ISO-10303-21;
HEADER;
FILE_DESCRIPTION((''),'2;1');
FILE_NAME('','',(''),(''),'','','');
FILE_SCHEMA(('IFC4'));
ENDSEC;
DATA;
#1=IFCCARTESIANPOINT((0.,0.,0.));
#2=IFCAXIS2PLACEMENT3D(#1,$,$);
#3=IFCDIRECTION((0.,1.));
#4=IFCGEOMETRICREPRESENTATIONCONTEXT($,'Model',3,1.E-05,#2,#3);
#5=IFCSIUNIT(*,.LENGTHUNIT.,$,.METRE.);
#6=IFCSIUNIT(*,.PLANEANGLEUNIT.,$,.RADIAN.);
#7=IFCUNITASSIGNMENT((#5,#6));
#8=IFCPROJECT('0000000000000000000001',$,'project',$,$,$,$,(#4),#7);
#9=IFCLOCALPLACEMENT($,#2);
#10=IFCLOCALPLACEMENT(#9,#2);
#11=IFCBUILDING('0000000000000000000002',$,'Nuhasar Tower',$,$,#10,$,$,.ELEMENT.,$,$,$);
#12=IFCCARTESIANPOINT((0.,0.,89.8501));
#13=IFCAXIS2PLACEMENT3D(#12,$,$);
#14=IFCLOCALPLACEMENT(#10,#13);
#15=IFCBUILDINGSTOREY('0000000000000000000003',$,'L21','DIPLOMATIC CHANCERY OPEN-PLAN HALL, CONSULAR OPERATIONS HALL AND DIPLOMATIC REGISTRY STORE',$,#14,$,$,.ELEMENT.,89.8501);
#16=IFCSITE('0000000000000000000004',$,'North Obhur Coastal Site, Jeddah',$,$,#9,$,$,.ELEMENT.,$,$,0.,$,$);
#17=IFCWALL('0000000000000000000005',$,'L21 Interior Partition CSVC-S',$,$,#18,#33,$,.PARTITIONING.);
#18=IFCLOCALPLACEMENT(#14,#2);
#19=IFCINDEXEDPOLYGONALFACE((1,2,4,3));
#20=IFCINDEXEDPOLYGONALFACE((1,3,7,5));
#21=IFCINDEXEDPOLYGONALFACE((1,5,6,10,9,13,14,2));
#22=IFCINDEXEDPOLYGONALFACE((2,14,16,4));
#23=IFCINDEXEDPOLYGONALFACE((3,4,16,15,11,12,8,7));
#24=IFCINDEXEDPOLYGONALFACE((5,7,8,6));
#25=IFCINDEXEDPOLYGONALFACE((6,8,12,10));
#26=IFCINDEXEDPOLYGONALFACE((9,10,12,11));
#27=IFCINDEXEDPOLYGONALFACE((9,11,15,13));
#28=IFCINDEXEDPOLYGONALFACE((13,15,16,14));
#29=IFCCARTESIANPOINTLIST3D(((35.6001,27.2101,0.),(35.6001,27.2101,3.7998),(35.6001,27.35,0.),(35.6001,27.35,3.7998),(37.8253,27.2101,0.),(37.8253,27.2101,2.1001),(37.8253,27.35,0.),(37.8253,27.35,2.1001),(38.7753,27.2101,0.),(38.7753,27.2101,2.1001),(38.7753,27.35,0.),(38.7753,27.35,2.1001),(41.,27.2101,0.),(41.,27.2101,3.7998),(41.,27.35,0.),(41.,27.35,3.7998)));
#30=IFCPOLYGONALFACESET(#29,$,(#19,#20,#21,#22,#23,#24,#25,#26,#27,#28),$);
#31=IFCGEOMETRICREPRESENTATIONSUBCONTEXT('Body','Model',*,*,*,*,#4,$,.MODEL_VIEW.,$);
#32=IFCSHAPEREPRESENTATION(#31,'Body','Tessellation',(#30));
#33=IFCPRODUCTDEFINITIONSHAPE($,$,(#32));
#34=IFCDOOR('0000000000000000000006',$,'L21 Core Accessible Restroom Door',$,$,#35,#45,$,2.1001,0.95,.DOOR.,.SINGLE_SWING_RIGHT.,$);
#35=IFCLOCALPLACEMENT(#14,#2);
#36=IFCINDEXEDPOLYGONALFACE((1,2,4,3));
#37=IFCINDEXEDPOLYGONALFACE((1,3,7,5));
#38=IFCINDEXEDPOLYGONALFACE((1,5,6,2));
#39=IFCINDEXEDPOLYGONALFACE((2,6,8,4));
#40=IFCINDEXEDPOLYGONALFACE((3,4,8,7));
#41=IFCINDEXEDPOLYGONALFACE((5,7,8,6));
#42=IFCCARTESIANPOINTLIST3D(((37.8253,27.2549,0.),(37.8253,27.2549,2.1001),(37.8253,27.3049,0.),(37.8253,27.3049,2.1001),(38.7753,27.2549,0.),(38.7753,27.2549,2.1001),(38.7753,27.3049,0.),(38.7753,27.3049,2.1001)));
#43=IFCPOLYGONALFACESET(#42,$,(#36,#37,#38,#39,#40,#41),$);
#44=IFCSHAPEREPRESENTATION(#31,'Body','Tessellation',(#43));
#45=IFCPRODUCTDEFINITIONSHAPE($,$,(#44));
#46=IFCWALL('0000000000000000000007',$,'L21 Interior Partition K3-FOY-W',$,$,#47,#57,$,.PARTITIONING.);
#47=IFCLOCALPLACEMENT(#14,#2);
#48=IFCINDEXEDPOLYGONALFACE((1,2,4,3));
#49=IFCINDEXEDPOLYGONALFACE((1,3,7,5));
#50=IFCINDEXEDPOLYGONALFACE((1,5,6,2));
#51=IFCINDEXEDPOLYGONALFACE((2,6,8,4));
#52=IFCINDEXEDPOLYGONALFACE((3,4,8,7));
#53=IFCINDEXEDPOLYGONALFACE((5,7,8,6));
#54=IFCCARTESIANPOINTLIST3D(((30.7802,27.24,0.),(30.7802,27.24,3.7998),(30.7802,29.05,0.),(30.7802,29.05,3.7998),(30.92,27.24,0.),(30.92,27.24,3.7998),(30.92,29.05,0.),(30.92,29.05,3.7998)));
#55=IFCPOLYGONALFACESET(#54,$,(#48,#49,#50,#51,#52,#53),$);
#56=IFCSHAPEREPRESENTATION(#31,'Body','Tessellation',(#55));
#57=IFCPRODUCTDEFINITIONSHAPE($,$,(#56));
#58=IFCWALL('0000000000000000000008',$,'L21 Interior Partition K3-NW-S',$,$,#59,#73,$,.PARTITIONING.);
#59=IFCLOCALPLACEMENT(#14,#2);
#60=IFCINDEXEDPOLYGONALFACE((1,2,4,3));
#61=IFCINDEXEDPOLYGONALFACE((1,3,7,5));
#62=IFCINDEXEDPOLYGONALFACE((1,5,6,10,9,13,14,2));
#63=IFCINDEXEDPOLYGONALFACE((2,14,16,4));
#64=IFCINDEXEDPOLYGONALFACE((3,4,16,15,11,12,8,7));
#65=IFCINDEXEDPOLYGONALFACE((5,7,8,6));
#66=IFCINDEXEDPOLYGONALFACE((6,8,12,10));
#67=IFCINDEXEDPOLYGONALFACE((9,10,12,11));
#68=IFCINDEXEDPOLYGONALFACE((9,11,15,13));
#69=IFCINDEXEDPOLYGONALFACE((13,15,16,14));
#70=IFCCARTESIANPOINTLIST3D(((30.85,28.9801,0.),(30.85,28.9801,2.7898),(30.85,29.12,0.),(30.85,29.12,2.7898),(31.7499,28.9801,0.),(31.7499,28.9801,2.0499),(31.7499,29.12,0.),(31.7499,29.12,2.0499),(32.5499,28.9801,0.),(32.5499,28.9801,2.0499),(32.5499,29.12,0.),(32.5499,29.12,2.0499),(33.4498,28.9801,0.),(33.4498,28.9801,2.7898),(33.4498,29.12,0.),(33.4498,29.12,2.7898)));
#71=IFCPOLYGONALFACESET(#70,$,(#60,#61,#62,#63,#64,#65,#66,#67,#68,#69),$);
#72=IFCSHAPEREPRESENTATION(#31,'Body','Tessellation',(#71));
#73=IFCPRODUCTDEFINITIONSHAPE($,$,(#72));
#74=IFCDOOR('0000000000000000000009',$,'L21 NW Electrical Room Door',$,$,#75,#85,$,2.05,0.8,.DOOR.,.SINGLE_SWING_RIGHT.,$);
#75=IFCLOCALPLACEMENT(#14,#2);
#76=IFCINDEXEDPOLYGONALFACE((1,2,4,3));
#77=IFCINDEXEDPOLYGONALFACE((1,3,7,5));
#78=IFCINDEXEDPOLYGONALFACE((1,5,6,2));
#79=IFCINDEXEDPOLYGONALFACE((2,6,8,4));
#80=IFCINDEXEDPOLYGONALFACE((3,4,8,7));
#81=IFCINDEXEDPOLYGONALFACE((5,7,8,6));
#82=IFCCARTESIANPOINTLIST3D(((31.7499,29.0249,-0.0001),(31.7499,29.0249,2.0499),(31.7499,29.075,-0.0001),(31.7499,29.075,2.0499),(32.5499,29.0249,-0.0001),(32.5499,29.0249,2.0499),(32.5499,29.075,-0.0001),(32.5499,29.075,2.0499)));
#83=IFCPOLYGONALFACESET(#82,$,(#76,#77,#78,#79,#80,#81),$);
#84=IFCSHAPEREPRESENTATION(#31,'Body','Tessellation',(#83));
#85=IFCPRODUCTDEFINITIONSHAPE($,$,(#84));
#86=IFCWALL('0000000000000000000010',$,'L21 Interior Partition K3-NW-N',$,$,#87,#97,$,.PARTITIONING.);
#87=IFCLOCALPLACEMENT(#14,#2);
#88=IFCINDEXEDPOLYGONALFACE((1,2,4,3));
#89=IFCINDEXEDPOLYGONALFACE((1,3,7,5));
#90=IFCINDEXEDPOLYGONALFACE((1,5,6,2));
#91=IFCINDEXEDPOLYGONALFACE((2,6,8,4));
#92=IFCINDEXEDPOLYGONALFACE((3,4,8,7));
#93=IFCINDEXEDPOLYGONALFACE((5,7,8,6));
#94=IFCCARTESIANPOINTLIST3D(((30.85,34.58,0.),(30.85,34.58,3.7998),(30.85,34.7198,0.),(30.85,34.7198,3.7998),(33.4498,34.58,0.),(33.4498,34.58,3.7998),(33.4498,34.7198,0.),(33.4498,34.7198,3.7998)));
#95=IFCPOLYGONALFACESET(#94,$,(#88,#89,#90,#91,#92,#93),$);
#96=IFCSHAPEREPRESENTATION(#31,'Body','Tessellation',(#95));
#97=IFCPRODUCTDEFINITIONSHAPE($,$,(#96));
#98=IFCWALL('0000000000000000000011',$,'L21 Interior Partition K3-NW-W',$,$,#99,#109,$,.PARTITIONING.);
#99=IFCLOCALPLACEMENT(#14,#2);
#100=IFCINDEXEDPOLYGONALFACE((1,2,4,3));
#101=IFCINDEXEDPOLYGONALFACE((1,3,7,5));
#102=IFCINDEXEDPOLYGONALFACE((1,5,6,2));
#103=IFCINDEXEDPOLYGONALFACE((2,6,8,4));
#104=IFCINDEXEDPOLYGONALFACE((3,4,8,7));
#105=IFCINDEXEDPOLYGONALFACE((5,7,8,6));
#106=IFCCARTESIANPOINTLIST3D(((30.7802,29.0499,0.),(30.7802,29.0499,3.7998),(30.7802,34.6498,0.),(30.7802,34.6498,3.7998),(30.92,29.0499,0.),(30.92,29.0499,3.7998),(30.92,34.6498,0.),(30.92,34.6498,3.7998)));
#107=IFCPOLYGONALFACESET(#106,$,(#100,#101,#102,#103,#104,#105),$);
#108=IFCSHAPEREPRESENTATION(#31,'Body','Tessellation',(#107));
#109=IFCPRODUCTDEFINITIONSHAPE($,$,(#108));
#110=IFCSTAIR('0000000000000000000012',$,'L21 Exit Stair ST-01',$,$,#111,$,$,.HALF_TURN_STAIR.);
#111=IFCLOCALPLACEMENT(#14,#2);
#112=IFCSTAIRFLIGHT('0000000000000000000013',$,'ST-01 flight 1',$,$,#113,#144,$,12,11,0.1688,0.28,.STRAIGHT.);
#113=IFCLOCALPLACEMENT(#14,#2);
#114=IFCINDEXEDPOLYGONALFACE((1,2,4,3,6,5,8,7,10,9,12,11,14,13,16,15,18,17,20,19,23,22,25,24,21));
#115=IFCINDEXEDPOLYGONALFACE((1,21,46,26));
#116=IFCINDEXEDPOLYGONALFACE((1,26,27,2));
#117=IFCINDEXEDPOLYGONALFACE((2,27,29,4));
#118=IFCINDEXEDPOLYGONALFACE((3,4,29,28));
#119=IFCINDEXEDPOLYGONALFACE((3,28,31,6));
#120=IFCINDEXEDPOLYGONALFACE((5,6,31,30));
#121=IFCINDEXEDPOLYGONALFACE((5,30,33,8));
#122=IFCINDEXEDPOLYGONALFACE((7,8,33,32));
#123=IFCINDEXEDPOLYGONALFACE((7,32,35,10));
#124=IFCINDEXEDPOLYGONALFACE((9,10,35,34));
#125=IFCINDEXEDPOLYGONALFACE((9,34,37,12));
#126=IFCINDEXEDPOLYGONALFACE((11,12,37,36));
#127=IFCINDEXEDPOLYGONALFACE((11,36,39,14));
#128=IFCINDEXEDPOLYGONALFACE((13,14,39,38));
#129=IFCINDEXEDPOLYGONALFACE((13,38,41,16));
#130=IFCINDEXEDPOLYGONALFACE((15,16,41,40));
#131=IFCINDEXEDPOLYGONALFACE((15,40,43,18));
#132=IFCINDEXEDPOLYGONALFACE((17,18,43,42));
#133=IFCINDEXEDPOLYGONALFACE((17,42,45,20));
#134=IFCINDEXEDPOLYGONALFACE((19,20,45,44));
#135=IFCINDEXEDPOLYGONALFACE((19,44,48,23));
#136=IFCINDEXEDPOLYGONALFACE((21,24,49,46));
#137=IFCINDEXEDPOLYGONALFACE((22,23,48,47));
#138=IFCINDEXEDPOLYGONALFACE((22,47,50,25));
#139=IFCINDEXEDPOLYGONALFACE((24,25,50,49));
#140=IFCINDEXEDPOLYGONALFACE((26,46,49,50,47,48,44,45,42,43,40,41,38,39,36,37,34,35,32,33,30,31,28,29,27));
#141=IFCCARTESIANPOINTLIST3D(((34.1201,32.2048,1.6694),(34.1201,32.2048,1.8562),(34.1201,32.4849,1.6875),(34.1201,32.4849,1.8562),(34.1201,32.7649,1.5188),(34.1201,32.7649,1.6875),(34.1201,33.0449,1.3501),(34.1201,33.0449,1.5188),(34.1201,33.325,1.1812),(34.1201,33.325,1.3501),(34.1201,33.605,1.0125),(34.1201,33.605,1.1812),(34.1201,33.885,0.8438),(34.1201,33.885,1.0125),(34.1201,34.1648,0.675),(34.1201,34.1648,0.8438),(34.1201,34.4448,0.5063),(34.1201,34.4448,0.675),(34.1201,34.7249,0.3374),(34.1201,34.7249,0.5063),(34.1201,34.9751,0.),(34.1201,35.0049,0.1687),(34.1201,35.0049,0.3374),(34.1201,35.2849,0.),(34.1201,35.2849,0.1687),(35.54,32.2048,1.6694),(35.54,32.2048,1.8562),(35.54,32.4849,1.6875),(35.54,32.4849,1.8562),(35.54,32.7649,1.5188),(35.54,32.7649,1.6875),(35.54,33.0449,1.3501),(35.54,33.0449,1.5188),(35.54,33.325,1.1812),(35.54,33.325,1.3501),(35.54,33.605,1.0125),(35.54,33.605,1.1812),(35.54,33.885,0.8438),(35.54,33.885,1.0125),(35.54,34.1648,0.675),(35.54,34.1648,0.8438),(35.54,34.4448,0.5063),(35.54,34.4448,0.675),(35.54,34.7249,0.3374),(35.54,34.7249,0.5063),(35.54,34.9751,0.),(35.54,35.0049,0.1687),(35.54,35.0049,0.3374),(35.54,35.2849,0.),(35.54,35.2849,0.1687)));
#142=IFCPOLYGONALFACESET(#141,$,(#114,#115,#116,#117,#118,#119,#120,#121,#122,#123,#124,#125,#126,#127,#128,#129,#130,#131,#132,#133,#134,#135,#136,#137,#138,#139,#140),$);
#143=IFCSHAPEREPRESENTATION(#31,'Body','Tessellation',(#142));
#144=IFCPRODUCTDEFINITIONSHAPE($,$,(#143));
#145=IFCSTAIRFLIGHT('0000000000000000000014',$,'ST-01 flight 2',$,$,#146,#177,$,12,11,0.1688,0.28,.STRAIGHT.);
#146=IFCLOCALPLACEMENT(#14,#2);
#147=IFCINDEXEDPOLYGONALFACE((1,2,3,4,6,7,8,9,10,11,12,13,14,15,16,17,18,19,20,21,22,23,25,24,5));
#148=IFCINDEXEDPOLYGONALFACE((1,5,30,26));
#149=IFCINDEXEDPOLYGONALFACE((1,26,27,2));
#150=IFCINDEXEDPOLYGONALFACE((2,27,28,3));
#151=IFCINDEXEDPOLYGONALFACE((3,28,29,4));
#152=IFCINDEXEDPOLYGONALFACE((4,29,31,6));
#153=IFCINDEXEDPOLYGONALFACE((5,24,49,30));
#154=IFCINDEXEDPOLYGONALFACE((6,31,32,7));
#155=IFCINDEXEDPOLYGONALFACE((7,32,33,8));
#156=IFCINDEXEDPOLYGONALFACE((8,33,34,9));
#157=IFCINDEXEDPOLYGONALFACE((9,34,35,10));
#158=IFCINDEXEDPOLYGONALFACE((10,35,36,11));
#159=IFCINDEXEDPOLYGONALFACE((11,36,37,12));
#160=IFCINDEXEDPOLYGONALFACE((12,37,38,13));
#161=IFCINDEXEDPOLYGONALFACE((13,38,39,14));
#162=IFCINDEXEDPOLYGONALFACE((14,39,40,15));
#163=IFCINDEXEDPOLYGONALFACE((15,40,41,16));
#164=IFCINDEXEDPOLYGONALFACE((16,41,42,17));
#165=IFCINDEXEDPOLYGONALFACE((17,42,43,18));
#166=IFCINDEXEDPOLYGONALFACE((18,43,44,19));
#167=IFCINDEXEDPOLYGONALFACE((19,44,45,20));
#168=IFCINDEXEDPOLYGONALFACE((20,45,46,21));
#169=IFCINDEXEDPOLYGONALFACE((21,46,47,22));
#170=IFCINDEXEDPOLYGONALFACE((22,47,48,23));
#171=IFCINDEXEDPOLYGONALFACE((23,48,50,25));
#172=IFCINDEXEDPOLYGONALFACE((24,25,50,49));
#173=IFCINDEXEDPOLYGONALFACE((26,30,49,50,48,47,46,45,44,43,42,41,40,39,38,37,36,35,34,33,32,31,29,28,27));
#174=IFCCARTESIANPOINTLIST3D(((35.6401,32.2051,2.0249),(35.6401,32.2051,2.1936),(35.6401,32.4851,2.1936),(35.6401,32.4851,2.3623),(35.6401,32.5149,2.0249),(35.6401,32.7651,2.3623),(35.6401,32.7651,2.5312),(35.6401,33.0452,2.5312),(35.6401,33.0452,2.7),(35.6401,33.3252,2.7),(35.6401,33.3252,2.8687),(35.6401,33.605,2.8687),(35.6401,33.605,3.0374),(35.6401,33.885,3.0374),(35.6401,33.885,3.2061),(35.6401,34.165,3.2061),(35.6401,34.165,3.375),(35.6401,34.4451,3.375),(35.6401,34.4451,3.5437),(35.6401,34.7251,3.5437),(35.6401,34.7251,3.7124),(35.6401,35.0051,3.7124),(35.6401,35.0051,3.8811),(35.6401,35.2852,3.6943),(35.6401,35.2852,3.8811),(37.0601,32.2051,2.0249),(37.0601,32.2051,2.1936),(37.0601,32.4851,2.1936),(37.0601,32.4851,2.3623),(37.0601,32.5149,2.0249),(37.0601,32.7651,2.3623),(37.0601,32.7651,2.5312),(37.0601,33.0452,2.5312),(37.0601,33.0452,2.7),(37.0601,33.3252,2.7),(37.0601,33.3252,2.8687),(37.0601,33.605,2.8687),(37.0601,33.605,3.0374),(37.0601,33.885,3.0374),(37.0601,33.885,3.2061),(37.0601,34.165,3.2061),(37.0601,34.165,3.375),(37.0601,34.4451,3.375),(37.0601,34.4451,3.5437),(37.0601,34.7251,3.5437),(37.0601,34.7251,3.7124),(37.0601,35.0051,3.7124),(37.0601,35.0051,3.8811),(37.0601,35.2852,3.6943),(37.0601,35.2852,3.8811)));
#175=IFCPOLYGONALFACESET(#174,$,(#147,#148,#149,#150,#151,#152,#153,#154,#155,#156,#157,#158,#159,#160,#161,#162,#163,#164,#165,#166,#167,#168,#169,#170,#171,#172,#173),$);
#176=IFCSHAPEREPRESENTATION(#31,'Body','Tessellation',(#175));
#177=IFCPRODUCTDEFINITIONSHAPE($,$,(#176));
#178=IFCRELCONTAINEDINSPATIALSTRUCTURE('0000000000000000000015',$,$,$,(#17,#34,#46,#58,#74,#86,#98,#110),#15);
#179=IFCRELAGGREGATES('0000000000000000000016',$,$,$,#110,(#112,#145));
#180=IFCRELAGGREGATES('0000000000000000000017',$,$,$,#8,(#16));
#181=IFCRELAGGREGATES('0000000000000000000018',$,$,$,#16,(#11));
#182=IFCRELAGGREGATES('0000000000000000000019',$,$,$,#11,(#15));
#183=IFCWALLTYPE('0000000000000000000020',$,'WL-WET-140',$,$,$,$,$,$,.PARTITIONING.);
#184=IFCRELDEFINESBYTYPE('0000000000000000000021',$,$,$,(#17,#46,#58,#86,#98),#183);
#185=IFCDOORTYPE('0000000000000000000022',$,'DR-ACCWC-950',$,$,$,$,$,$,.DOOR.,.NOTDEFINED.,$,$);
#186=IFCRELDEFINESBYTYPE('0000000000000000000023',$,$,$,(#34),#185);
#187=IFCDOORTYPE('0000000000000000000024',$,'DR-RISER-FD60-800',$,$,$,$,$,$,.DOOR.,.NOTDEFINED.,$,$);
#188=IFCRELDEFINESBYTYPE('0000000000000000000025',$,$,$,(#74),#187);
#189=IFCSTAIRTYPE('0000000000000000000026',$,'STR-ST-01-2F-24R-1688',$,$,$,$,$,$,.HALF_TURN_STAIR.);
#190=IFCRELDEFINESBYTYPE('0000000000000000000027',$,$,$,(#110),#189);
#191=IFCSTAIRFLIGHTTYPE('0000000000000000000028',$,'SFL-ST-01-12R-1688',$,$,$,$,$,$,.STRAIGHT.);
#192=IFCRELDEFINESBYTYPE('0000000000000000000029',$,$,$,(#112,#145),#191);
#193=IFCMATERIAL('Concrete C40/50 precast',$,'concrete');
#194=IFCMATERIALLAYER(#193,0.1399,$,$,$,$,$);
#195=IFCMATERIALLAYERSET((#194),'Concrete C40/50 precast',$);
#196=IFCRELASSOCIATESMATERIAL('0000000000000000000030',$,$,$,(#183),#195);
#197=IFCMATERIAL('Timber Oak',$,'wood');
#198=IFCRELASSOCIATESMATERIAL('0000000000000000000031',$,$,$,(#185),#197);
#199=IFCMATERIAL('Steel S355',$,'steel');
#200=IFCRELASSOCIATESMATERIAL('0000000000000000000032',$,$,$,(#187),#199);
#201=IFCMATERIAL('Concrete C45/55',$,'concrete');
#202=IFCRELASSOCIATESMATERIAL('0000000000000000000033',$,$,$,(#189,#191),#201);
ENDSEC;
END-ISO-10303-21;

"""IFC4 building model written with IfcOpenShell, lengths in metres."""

from ifc_helpers import new_model, si_unit, direction, frame, frame_2d, origin, place, context, subcontext, project, spatial, polyline, rectangle, outline, extrude, material, layer, layer_set, type_object, element, fill, aggregate, save


model = new_model("IFC4")

# Units and contexts
model_context = context("Model", 3, precision=1e-05, world=origin(), true_north=direction((0.0, 1.0)))
body_context = subcontext(model_context, "Body", "Model", "MODEL_VIEW")
ifc_project = project(units=[si_unit("LENGTHUNIT", "METRE"), si_unit("PLANEANGLEUNIT", "RADIAN")], contexts=[model_context])

# Site, building, storey
site_placement = place(None, origin())
site = spatial("IfcSite", under=ifc_project, at=site_placement, Name="North Obhur Coastal Site, Jeddah", CompositionType="ELEMENT", RefElevation=0.0)
building_placement = place(site_placement, origin())
building = spatial("IfcBuilding", under=site, at=building_placement, Name="Nuhasar Tower", CompositionType="ELEMENT")
storey_placement = place(building_placement, frame((0.0, 0.0, 89.8501)))
storey = spatial("IfcBuildingStorey", under=building, at=storey_placement, Name="L21", Description="DIPLOMATIC CHANCERY OPEN-PLAN HALL, CONSULAR OPERATIONS HALL AND DIPLOMATIC REGISTRY STORE", CompositionType="ELEMENT", Elevation=89.8501)

# Shared definitions
ifc_material_1 = material(Name="Steel S355", Category="steel")

# Shared definitions
ifc_material_2 = material(Name="Concrete C40/50 precast", Category="concrete")
ifc_layer_1 = layer(ifc_material_2, 0.1399)
ifc_layer_set_1 = layer_set([ifc_layer_1], Name="Concrete C40/50 precast")
wall_type_1 = type_object("IfcWallType", Name="WL-WET-140", PredefinedType="PARTITIONING", material=ifc_layer_set_1)

# Wall, opening, door
wall_1_placement = place(storey_placement, frame((35.6001, 27.28, 0.0), z_axis=(0.0, 0.0, 1.0), x_axis=(1.0, 0.0, 0.0)))
wall_1 = element("IfcWall", 1, at=wall_1_placement, inside=storey, type_object=wall_type_1, Name="L21 Interior Partition CSVC-S", PredefinedType="PARTITIONING", context=body_context, shape_type="SweptSolid", body=[
    extrude(rectangle(XDim=5.3999, YDim=0.1399, at=frame_2d((2.7, 0.0))), origin(), (0.0, 0.0, 1.0), 3.7998),
])
opening_1_placement = place(wall_1_placement, frame((2.2251, 0.0, 0.0)))
opening_1 = element("IfcOpeningElement", 2, at=opening_1_placement, cuts=wall_1, PredefinedType="OPENING", context=body_context, shape_type="SweptSolid", body=[
    extrude(rectangle(XDim=0.95, YDim=2.1001, at=frame_2d((0.4751, 1.05))), frame((0.0, 0.0801, 0.0), z_axis=(0.0, -1.0, 0.0), x_axis=(1.0, 0.0, 0.0)), (0.0, 0.0, 1.0), 0.1599),
])
ifc_material_3 = material(Name="Timber Oak", Category="wood")
door_type_1 = type_object("IfcDoorType", Name="DR-ACCWC-950", OperationType="NOTDEFINED", PredefinedType="DOOR", material=ifc_material_3)
door_1_placement = place(opening_1_placement, origin())
door_1 = element("IfcDoor", 3, at=door_1_placement, inside=storey, type_object=door_type_1, Name="L21 Core Accessible Restroom Door", OperationType="SINGLE_SWING_RIGHT", OverallHeight=2.1001, OverallWidth=0.95, PredefinedType="DOOR", context=body_context, shape_type="SweptSolid", body=[
    extrude(rectangle(XDim=0.95, YDim=2.1001, at=frame_2d((0.4751, 1.05))), frame((0.0, 0.0249, 0.0), z_axis=(0.0, -1.0, 0.0), x_axis=(1.0, 0.0, 0.0)), (0.0, 0.0, 1.0), 0.05),
])
fill(opening_1, door_1)

# Wall
wall_2_placement = place(storey_placement, frame((30.8501, 27.24, 0.0), z_axis=(0.0, 0.0, 1.0), x_axis=(0.0, 1.0, 0.0)))
element("IfcWall", 4, at=wall_2_placement, inside=storey, type_object=wall_type_1, Name="L21 Interior Partition K3-FOY-W", PredefinedType="PARTITIONING", context=body_context, shape_type="SweptSolid", body=[
    extrude(rectangle(XDim=1.8101, YDim=0.1399, at=frame_2d((0.905, 0.0))), origin(), (0.0, 0.0, 1.0), 3.7998),
])

# Wall, opening, door
wall_3_placement = place(storey_placement, frame((30.8501, 29.05, 0.0), z_axis=(0.0, 0.0, 1.0), x_axis=(1.0, 0.0, 0.0)))
wall_3 = element("IfcWall", 5, at=wall_3_placement, inside=storey, type_object=wall_type_1, Name="L21 Interior Partition K3-NW-S", PredefinedType="PARTITIONING", context=body_context, shape_type="SweptSolid", body=[
    extrude(rectangle(XDim=2.5999, YDim=0.1399, at=frame_2d((1.2998, 0.0))), origin(), (0.0, 0.0, 1.0), 2.7898),
])
opening_2_placement = place(wall_3_placement, frame((0.8999, 0.0, 0.0)))
opening_2 = element("IfcOpeningElement", 6, at=opening_2_placement, cuts=wall_3, PredefinedType="OPENING", context=body_context, shape_type="SweptSolid", body=[
    extrude(rectangle(XDim=0.8, YDim=2.05, at=frame_2d((0.3999, 1.0249))), frame((0.0, 0.0801, 0.0), z_axis=(0.0, -1.0, 0.0), x_axis=(1.0, 0.0, 0.0)), (0.0, 0.0, 1.0), 0.1599),
])
door_type_2 = type_object("IfcDoorType", Name="DR-RISER-FD60-800", OperationType="NOTDEFINED", PredefinedType="DOOR", material=ifc_material_1)
door_2_placement = place(opening_2_placement, origin())
door_2 = element("IfcDoor", 7, at=door_2_placement, inside=storey, type_object=door_type_2, Name="L21 NW Electrical Room Door", OperationType="SINGLE_SWING_RIGHT", OverallHeight=2.05, OverallWidth=0.8, PredefinedType="DOOR", context=body_context, shape_type="SweptSolid", body=[
    extrude(rectangle(XDim=0.8, YDim=2.05, at=frame_2d((0.3999, 1.0249))), frame((0.0, 0.0249, 0.0), z_axis=(0.0, -1.0, 0.0), x_axis=(1.0, 0.0, 0.0)), (0.0, 0.0, 1.0), 0.05),
])
fill(opening_2, door_2)

# Walls
wall_4_placement = place(storey_placement, frame((30.8501, 34.6499, 0.0), z_axis=(0.0, 0.0, 1.0), x_axis=(1.0, 0.0, 0.0)))
element("IfcWall", 8, at=wall_4_placement, inside=storey, type_object=wall_type_1, Name="L21 Interior Partition K3-NW-N", PredefinedType="PARTITIONING", context=body_context, shape_type="SweptSolid", body=[
    extrude(rectangle(XDim=2.5999, YDim=0.1399, at=frame_2d((1.2998, 0.0))), origin(), (0.0, 0.0, 1.0), 3.7998),
])
wall_5_placement = place(storey_placement, frame((30.8501, 29.05, 0.0), z_axis=(0.0, 0.0, 1.0), x_axis=(0.0, 1.0, 0.0)))
element("IfcWall", 9, at=wall_5_placement, inside=storey, type_object=wall_type_1, Name="L21 Interior Partition K3-NW-W", PredefinedType="PARTITIONING", context=body_context, shape_type="SweptSolid", body=[
    extrude(rectangle(XDim=5.5999, YDim=0.1399, at=frame_2d((2.7998, 0.0))), origin(), (0.0, 0.0, 1.0), 3.7998),
])

# Stair, stair flights
ifc_material_4 = material(Name="Concrete C45/55", Category="concrete")
stair_type_1 = type_object("IfcStairType", Name="STR-ST-01-2F-24R-1688", PredefinedType="HALF_TURN_STAIR", material=ifc_material_4)
stair_1_placement = place(storey_placement, origin())
stair_1 = element("IfcStair", 10, at=stair_1_placement, inside=storey, type_object=stair_type_1, Name="L21 Exit Stair ST-01", PredefinedType="HALF_TURN_STAIR")
stair_flight_type_1 = type_object("IfcStairFlightType", Name="SFL-ST-01-12R-1688", PredefinedType="STRAIGHT", material=ifc_material_4)
stair_flight_1_placement = place(storey_placement, frame((34.8301, 35.2849, 0.0), z_axis=(0.0, 0.0, 1.0), x_axis=(0.0, -1.0, 0.0)))
stair_flight_1 = element("IfcStairFlight", 11, at=stair_flight_1_placement, type_object=stair_flight_type_1, Name="ST-01 flight 1", NumberOfRisers=12, NumberOfTreads=11, PredefinedType="STRAIGHT", RiserHeight=0.1688, TreadLength=0.28, context=body_context, shape_type="SweptSolid", body=[
    extrude(outline(polyline([(0.0, 0.0), (0.0, 0.1687), (0.28, 0.1687), (0.28, 0.3374), (0.5601, 0.3374), (0.5601, 0.5063), (0.8401, 0.5063), (0.8401, 0.675), (1.1201, 0.675), (1.1201, 0.8438), (1.3999, 0.8438), (1.3999, 1.0125), (1.6799, 1.0125), (1.6799, 1.1812), (1.96, 1.1812), (1.96, 1.3501), (2.24, 1.3501), (2.24, 1.5188), (2.52, 1.5188), (2.52, 1.6875), (2.8, 1.6875), (2.8, 1.8562), (3.0801, 1.8562), (3.0801, 2.0249), (3.0801, 1.6694), (0.3098, 0.0), (0.0, 0.0)])), frame((0.0, 0.71, 0.0), z_axis=(0.0, -1.0, 0.0), x_axis=(1.0, 0.0, 0.0)), (0.0, 0.0, 1.0), 1.4199),
])
stair_flight_2_placement = place(storey_placement, frame((36.3501, 32.2051, 2.0249), z_axis=(0.0, 0.0, 1.0), x_axis=(0.0, 1.0, 0.0)))
stair_flight_2 = element("IfcStairFlight", 12, at=stair_flight_2_placement, type_object=stair_flight_type_1, Name="ST-01 flight 2", NumberOfRisers=12, NumberOfTreads=11, PredefinedType="STRAIGHT", RiserHeight=0.1688, TreadLength=0.28, context=body_context, shape_type="SweptSolid", body=[
    extrude(outline(polyline([(0.0, 0.0), (0.0, 0.1687), (0.28, 0.1687), (0.28, 0.3374), (0.5601, 0.3374), (0.5601, 0.5063), (0.8401, 0.5063), (0.8401, 0.675), (1.1201, 0.675), (1.1201, 0.8438), (1.3999, 0.8438), (1.3999, 1.0125), (1.6799, 1.0125), (1.6799, 1.1812), (1.96, 1.1812), (1.96, 1.3501), (2.24, 1.3501), (2.24, 1.5188), (2.52, 1.5188), (2.52, 1.6875), (2.8, 1.6875), (2.8, 1.8562), (3.0801, 1.8562), (3.0801, 2.0249), (3.0801, 1.6694), (0.3098, 0.0), (0.0, 0.0)])), frame((0.0, 0.71, 0.0), z_axis=(0.0, -1.0, 0.0), x_axis=(1.0, 0.0, 0.0)), (0.0, 0.0, 1.0), 1.4199),
])
aggregate(stair_1, [stair_flight_1, stair_flight_2])

save(model, "model.ifc")
